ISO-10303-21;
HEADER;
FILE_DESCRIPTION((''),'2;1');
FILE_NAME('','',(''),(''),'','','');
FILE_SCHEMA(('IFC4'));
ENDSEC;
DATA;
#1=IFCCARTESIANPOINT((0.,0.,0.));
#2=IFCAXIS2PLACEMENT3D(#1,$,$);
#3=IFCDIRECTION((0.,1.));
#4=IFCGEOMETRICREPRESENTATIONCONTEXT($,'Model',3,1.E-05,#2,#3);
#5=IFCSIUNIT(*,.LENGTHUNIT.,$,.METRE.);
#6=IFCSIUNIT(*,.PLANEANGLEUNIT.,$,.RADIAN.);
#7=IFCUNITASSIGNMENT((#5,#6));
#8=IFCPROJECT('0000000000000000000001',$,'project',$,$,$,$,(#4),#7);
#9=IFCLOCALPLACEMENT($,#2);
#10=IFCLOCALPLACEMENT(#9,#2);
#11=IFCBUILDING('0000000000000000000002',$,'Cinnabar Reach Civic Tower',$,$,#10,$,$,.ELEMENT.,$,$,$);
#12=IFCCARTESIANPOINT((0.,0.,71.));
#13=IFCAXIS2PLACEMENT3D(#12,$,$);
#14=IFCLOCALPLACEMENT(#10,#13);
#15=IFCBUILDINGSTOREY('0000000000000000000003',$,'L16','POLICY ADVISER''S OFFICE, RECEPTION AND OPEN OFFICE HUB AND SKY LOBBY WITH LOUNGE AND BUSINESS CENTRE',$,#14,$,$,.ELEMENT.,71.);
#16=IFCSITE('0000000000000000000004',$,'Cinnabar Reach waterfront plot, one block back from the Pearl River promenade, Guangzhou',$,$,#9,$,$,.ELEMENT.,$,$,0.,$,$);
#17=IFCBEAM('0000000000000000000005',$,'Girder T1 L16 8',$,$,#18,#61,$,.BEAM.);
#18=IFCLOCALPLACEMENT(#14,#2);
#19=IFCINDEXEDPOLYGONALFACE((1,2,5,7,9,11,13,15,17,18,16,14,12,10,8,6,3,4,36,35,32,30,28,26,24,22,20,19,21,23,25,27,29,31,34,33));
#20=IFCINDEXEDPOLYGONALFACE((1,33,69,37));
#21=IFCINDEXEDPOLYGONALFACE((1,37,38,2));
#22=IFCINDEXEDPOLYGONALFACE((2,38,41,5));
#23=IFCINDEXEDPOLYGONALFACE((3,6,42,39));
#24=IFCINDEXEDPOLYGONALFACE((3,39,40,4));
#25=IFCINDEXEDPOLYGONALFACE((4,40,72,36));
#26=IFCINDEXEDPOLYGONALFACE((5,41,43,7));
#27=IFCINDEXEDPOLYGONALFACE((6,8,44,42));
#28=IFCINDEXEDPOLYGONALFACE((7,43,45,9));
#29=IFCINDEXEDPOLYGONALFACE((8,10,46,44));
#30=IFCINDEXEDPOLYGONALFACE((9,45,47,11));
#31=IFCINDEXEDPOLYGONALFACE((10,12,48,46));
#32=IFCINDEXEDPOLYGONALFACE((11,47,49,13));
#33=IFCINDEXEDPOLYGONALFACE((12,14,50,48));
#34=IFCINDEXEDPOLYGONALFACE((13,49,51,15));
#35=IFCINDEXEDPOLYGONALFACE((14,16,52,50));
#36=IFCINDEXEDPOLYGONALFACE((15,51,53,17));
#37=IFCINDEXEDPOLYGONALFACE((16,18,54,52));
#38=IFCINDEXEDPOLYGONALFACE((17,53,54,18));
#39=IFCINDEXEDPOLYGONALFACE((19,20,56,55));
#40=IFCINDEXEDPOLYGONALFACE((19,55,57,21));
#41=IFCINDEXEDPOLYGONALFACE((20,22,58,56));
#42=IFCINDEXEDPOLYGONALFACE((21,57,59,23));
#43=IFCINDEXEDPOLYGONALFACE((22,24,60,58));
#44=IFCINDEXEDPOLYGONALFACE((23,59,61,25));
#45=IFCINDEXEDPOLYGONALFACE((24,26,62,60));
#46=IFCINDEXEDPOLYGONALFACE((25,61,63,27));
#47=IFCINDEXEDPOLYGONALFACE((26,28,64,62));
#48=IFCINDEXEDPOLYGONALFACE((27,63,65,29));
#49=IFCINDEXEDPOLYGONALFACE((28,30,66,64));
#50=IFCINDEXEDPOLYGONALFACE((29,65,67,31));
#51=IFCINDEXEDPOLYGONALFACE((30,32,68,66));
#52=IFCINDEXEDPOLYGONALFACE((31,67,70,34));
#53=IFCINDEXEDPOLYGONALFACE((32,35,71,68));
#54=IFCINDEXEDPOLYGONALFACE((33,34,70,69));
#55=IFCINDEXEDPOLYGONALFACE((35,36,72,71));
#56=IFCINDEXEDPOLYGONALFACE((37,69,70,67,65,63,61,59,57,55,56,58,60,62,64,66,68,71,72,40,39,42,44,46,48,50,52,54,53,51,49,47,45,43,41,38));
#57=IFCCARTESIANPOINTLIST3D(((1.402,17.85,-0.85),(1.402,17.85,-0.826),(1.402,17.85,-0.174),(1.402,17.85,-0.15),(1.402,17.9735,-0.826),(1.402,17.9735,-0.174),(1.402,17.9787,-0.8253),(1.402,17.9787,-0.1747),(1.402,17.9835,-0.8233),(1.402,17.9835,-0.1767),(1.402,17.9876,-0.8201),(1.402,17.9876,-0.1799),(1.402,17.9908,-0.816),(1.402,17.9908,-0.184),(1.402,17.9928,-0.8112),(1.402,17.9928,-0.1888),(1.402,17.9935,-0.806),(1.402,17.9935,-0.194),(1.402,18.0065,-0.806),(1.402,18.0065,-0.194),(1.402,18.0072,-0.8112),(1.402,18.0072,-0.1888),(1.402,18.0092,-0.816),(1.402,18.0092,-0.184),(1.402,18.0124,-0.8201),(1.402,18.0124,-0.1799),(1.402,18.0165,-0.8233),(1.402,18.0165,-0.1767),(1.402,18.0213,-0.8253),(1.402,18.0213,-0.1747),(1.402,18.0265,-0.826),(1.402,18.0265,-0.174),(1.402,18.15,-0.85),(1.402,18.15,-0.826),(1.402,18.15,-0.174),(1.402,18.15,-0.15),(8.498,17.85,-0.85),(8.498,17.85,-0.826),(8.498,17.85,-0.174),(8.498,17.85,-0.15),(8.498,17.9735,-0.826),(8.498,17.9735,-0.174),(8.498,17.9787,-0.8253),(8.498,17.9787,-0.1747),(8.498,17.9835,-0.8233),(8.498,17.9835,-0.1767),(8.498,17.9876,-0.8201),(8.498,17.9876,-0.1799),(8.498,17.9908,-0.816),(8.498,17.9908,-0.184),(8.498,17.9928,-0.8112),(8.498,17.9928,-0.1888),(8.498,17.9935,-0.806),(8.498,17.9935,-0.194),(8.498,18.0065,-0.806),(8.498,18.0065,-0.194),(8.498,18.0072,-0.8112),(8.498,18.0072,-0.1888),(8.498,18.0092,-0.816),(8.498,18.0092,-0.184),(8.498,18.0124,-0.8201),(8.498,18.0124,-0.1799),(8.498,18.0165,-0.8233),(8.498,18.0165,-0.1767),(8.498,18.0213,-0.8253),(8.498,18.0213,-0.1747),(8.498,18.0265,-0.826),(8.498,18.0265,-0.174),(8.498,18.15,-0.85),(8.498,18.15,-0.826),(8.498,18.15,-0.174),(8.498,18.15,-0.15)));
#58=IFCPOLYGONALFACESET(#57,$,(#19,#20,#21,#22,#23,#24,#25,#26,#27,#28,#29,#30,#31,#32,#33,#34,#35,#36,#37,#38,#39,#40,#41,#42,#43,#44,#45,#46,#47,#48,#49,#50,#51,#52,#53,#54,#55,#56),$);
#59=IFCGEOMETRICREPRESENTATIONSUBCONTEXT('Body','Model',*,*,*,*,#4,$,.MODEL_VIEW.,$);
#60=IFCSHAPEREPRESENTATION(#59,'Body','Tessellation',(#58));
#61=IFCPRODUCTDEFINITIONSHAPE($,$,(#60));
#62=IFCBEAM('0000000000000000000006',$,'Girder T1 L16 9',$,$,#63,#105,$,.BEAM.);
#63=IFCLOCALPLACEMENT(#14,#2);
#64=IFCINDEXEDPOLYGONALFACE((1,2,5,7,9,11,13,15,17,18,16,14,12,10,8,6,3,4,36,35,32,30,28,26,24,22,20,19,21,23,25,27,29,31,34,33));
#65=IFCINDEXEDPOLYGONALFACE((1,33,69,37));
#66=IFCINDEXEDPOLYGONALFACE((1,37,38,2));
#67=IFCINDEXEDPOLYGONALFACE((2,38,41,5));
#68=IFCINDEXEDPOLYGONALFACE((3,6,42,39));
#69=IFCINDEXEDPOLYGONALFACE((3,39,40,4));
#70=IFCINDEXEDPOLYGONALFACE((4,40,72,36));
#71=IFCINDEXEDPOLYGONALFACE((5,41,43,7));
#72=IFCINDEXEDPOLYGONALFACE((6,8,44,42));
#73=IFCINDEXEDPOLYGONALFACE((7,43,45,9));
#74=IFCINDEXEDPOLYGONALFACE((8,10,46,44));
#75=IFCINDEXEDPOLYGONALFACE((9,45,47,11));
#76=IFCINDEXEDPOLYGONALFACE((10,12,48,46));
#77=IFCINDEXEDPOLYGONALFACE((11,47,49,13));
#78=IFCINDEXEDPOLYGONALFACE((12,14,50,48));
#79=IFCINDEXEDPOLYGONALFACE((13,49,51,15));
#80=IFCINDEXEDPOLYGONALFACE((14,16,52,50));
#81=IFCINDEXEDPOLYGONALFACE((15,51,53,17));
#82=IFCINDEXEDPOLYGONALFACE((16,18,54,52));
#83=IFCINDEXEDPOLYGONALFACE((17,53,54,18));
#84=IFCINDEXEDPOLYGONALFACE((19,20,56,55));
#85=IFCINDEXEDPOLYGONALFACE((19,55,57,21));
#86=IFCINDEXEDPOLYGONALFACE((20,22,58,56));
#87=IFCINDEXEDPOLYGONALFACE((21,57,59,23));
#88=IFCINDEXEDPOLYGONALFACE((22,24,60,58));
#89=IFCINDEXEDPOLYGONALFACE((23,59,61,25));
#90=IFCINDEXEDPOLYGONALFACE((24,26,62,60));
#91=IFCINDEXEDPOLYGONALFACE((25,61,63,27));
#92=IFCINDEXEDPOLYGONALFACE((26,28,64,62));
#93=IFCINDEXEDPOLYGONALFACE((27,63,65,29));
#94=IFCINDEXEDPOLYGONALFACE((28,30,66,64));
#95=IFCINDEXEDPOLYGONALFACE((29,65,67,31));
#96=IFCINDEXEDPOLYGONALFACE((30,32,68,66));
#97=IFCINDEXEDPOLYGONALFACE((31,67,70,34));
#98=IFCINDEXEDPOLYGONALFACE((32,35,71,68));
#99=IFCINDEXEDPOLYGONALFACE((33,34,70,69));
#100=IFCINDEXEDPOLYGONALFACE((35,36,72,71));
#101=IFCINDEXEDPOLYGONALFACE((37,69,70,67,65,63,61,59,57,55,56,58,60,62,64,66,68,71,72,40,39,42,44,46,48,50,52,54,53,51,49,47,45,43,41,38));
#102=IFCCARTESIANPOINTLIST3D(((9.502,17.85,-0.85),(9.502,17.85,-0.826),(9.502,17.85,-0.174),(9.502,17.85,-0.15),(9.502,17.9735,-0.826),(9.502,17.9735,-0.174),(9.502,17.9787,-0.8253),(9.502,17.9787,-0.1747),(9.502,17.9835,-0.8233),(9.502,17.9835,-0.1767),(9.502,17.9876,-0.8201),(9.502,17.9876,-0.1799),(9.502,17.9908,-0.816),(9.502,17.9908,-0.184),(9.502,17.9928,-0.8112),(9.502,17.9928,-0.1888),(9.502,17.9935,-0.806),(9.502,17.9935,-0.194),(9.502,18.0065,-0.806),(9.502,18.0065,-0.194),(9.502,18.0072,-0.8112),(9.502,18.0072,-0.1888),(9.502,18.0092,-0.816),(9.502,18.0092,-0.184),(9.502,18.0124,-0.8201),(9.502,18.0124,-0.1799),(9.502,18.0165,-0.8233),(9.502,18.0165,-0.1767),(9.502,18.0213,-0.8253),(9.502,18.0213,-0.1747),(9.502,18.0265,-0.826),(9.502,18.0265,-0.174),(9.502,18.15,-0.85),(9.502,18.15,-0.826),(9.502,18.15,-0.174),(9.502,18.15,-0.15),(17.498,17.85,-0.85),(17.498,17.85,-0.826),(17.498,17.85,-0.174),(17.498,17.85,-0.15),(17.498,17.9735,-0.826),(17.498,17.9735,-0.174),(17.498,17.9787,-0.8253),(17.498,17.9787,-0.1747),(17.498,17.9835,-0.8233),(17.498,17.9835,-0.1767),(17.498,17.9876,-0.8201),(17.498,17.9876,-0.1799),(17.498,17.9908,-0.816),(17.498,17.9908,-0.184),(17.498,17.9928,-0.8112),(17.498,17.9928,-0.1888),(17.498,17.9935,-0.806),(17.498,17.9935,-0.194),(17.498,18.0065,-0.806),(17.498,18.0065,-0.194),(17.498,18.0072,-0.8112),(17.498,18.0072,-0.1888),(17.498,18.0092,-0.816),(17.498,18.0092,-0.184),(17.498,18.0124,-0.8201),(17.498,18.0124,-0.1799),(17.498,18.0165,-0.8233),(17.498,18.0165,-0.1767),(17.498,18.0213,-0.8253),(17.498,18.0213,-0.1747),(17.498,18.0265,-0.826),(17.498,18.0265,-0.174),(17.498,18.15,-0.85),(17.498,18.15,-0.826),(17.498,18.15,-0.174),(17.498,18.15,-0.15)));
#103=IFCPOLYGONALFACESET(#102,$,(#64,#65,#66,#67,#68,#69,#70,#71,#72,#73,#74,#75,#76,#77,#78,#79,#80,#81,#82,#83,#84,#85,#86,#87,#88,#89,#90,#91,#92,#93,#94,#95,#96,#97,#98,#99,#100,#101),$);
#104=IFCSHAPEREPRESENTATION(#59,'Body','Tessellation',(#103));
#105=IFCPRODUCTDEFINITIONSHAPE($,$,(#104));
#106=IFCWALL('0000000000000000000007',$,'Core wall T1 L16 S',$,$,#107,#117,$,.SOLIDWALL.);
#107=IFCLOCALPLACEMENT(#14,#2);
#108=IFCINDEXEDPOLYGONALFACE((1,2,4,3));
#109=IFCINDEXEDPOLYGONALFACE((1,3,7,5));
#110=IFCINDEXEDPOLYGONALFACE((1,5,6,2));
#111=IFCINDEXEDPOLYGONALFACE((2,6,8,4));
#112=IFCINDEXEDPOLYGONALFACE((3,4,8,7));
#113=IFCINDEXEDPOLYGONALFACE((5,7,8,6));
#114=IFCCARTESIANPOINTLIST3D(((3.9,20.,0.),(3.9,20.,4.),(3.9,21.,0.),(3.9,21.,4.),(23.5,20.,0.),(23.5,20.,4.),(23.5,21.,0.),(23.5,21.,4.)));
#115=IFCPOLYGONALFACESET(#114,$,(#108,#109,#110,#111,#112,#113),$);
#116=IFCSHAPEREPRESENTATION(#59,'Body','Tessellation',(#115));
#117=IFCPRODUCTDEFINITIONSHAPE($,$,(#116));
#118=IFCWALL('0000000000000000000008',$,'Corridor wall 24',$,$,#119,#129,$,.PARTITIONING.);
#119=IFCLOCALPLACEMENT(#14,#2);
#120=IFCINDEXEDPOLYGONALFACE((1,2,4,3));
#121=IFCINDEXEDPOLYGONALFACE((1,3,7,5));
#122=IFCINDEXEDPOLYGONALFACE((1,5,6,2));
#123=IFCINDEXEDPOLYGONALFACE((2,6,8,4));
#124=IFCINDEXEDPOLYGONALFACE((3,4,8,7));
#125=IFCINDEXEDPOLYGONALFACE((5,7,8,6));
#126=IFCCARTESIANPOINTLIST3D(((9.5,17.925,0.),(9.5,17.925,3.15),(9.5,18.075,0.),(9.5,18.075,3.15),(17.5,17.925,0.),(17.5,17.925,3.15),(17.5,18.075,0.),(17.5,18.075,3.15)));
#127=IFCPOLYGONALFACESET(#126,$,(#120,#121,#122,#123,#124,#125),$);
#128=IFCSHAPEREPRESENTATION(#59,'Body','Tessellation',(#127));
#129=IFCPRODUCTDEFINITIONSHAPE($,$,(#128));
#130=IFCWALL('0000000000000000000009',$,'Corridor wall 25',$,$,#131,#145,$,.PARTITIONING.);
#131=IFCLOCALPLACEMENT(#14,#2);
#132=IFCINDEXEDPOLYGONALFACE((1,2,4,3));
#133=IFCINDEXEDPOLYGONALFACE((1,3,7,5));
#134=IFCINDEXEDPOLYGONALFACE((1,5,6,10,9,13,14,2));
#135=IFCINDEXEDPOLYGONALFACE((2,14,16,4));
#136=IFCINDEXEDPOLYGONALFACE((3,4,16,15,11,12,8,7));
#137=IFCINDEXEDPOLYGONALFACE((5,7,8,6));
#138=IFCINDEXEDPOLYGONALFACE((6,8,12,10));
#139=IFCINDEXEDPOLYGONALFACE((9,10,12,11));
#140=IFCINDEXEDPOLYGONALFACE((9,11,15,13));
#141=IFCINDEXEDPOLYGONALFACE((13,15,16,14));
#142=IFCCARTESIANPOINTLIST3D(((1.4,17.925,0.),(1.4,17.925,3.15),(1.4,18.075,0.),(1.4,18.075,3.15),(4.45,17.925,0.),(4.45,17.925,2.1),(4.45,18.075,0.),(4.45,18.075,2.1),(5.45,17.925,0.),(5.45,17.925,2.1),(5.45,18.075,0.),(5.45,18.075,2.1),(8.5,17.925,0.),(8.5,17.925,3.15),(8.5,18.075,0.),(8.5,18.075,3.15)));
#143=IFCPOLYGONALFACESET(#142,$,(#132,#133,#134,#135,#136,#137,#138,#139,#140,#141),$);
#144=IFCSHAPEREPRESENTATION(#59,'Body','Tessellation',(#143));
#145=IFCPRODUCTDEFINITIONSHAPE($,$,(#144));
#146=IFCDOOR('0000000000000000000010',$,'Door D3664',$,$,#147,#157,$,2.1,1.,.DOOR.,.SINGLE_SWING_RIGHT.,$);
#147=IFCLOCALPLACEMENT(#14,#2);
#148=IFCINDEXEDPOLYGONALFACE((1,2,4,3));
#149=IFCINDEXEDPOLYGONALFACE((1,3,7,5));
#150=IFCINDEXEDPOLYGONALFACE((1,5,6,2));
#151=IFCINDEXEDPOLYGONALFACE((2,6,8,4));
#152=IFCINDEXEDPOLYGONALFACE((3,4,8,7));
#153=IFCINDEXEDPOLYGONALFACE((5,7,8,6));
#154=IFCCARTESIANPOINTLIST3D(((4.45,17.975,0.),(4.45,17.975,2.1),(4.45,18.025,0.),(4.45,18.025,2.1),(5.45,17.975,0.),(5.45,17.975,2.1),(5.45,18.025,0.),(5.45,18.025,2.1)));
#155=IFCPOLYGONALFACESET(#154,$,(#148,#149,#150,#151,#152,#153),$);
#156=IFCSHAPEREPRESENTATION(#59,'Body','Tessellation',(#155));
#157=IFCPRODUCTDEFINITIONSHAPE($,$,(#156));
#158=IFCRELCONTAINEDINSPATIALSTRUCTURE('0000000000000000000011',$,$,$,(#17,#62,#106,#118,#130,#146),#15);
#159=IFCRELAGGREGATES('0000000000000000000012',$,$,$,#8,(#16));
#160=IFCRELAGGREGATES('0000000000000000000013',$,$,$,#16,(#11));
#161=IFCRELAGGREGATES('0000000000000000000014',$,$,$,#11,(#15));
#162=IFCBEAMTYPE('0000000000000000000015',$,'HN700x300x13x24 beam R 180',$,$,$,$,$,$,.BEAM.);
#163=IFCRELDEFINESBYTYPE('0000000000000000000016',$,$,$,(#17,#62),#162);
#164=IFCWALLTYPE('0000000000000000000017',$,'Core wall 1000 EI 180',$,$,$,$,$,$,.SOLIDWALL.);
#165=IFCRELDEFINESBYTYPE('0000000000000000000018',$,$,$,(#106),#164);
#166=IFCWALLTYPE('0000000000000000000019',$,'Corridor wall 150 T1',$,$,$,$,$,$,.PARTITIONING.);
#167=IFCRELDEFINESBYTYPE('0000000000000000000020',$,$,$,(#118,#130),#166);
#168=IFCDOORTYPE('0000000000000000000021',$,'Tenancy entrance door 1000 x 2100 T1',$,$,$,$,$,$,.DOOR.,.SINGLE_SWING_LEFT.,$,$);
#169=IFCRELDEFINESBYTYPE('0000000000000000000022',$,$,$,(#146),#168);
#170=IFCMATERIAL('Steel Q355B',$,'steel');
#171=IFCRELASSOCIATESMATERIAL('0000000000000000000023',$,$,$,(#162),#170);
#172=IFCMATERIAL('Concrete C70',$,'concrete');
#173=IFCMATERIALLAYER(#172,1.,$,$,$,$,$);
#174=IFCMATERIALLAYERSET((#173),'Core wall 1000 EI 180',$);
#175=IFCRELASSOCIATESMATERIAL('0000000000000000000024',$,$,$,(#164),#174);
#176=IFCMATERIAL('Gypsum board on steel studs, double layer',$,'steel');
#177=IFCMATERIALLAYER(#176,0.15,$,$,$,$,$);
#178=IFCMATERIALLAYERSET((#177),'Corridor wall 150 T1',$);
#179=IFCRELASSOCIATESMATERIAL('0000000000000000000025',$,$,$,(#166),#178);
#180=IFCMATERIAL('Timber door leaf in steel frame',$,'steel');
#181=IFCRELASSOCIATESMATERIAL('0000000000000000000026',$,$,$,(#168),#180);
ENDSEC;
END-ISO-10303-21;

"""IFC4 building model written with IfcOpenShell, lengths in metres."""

from ifc_helpers import new_model, si_unit, direction, frame, frame_2d, origin, origin_2d, place, context, subcontext, project, spatial, rectangle, i_section, extrude, material, layer, layer_set, material_profile, profile_set, type_object, element, fill, save


model = new_model("IFC4")

# Units and contexts
model_context = context("Model", 3, precision=1e-05, world=origin(), true_north=direction((0.0, 1.0)))
body_context = subcontext(model_context, "Body", "Model", "MODEL_VIEW")
ifc_project = project(units=[si_unit("LENGTHUNIT", "METRE"), si_unit("PLANEANGLEUNIT", "RADIAN")], contexts=[model_context])

# Site, building, storey
site_placement = place(None, origin())
site = spatial("IfcSite", under=ifc_project, at=site_placement, Name="Cinnabar Reach waterfront plot, one block back from the Pearl River promenade, Guangzhou", CompositionType="ELEMENT", RefElevation=0.0)
building_placement = place(site_placement, origin())
building = spatial("IfcBuilding", under=site, at=building_placement, Name="Cinnabar Reach Civic Tower", CompositionType="ELEMENT")
storey_placement = place(building_placement, frame((0.0, 0.0, 71.0)))
storey = spatial("IfcBuildingStorey", under=building, at=storey_placement, Name="L16", Description="POLICY ADVISER'S OFFICE, RECEPTION AND OPEN OFFICE HUB AND SKY LOBBY WITH LOUNGE AND BUSINESS CENTRE", CompositionType="ELEMENT", Elevation=71.0)

# Shared definitions
ifc_material_1 = material(Name="Concrete C70", Category="concrete")

# Beams
ifc_material_2 = material(Name="Steel Q355B", Category="steel")
ifc_material_profile_1 = material_profile(ifc_material_2, i_section(OverallWidth=0.3, OverallDepth=0.7, WebThickness=0.013, FlangeThickness=0.024, FilletRadius=0.02, at=origin_2d()), Name="HN700x300x13x24")
ifc_profile_set_1 = profile_set([ifc_material_profile_1], Name="Steel Q355B")
beam_type_1 = type_object("IfcBeamType", Name="HN700x300x13x24 beam R 180", PredefinedType="BEAM", material=ifc_profile_set_1)
beam_1_placement = place(storey_placement, frame((1.402, 18.0, -0.5), z_axis=(1.0, 0.0, 0.0), x_axis=(0.0, 1.0, 0.0)))
element("IfcBeam", 1, at=beam_1_placement, inside=storey, type_object=beam_type_1, Name="Girder T1 L16 8", PredefinedType="BEAM", context=body_context, shape_type="SweptSolid", body=[
    extrude(i_section(OverallWidth=0.3, OverallDepth=0.7, WebThickness=0.013, FlangeThickness=0.024, FilletRadius=0.02, at=origin_2d()), origin(), (0.0, 0.0, 1.0), 7.096),
])
beam_2_placement = place(storey_placement, frame((9.502, 18.0, -0.5), z_axis=(1.0, 0.0, 0.0), x_axis=(0.0, 1.0, 0.0)))
element("IfcBeam", 2, at=beam_2_placement, inside=storey, type_object=beam_type_1, Name="Girder T1 L16 9", PredefinedType="BEAM", context=body_context, shape_type="SweptSolid", body=[
    extrude(i_section(OverallWidth=0.3, OverallDepth=0.7, WebThickness=0.013, FlangeThickness=0.024, FilletRadius=0.02, at=origin_2d()), origin(), (0.0, 0.0, 1.0), 7.996),
])

# Walls
ifc_layer_1 = layer(ifc_material_1, 1.0)
ifc_layer_set_1 = layer_set([ifc_layer_1], Name="Core wall 1000 EI 180")
wall_type_1 = type_object("IfcWallType", Name="Core wall 1000 EI 180", PredefinedType="SOLIDWALL", material=ifc_layer_set_1)
wall_1_placement = place(storey_placement, frame((3.9, 20.5, 0.0), z_axis=(0.0, 0.0, 1.0), x_axis=(1.0, 0.0, 0.0)))
element("IfcWall", 3, at=wall_1_placement, inside=storey, type_object=wall_type_1, Name="Core wall T1 L16 S", PredefinedType="SOLIDWALL", context=body_context, shape_type="SweptSolid", body=[
    extrude(rectangle(XDim=19.6, YDim=1.0, at=frame_2d((9.8, 0.0))), origin(), (0.0, 0.0, 1.0), 4.0),
])
ifc_material_3 = material(Name="Gypsum board on steel studs, double layer", Category="steel")
ifc_layer_2 = layer(ifc_material_3, 0.15)
ifc_layer_set_2 = layer_set([ifc_layer_2], Name="Corridor wall 150 T1")
wall_type_2 = type_object("IfcWallType", Name="Corridor wall 150 T1", PredefinedType="PARTITIONING", material=ifc_layer_set_2)
wall_2_placement = place(storey_placement, frame((9.5, 18.0, 0.0), z_axis=(0.0, 0.0, 1.0), x_axis=(1.0, 0.0, 0.0)))
element("IfcWall", 4, at=wall_2_placement, inside=storey, type_object=wall_type_2, Name="Corridor wall 24", PredefinedType="PARTITIONING", context=body_context, shape_type="SweptSolid", body=[
    extrude(rectangle(XDim=8.0, YDim=0.15, at=frame_2d((4.0, 0.0))), origin(), (0.0, 0.0, 1.0), 3.15),
])

# Wall, opening, door
wall_3_placement = place(storey_placement, frame((1.4, 18.0, 0.0), z_axis=(0.0, 0.0, 1.0), x_axis=(1.0, 0.0, 0.0)))
wall_3 = element("IfcWall", 5, at=wall_3_placement, inside=storey, type_object=wall_type_2, Name="Corridor wall 25", PredefinedType="PARTITIONING", context=body_context, shape_type="SweptSolid", body=[
    extrude(rectangle(XDim=7.1, YDim=0.15, at=frame_2d((3.55, 0.0))), origin(), (0.0, 0.0, 1.0), 3.15),
])
opening_1_placement = place(wall_3_placement, frame((3.05, 0.0, 0.0)))
opening_1 = element("IfcOpeningElement", 6, at=opening_1_placement, cuts=wall_3, PredefinedType="OPENING", context=body_context, shape_type="SweptSolid", body=[
    extrude(rectangle(XDim=1.0, YDim=2.1, at=frame_2d((0.5, 1.05))), frame((0.0, 0.085, 0.0), z_axis=(0.0, -1.0, 0.0), x_axis=(1.0, 0.0, 0.0)), (0.0, 0.0, 1.0), 0.17),
])
ifc_material_4 = material(Name="Timber door leaf in steel frame", Category="steel")
door_type_1 = type_object("IfcDoorType", Name="Tenancy entrance door 1000 x 2100 T1", OperationType="SINGLE_SWING_LEFT", PredefinedType="DOOR", material=ifc_material_4)
door_1_placement = place(opening_1_placement, frame((1.0, 0.0, 0.0), z_axis=(0.0, 0.0, 1.0), x_axis=(-1.0, 0.0, 0.0)))
door_1 = element("IfcDoor", 7, at=door_1_placement, inside=storey, type_object=door_type_1, Name="Door D3664", OperationType="SINGLE_SWING_RIGHT", OverallHeight=2.1, OverallWidth=1.0, PredefinedType="DOOR", context=body_context, shape_type="SweptSolid", body=[
    extrude(rectangle(XDim=1.0, YDim=2.1, at=frame_2d((0.5, 1.05))), frame((0.0, 0.025, 0.0), z_axis=(0.0, -1.0, 0.0), x_axis=(1.0, 0.0, 0.0)), (0.0, 0.0, 1.0), 0.05),
])
fill(opening_1, door_1)

save(model, "model.ifc")
